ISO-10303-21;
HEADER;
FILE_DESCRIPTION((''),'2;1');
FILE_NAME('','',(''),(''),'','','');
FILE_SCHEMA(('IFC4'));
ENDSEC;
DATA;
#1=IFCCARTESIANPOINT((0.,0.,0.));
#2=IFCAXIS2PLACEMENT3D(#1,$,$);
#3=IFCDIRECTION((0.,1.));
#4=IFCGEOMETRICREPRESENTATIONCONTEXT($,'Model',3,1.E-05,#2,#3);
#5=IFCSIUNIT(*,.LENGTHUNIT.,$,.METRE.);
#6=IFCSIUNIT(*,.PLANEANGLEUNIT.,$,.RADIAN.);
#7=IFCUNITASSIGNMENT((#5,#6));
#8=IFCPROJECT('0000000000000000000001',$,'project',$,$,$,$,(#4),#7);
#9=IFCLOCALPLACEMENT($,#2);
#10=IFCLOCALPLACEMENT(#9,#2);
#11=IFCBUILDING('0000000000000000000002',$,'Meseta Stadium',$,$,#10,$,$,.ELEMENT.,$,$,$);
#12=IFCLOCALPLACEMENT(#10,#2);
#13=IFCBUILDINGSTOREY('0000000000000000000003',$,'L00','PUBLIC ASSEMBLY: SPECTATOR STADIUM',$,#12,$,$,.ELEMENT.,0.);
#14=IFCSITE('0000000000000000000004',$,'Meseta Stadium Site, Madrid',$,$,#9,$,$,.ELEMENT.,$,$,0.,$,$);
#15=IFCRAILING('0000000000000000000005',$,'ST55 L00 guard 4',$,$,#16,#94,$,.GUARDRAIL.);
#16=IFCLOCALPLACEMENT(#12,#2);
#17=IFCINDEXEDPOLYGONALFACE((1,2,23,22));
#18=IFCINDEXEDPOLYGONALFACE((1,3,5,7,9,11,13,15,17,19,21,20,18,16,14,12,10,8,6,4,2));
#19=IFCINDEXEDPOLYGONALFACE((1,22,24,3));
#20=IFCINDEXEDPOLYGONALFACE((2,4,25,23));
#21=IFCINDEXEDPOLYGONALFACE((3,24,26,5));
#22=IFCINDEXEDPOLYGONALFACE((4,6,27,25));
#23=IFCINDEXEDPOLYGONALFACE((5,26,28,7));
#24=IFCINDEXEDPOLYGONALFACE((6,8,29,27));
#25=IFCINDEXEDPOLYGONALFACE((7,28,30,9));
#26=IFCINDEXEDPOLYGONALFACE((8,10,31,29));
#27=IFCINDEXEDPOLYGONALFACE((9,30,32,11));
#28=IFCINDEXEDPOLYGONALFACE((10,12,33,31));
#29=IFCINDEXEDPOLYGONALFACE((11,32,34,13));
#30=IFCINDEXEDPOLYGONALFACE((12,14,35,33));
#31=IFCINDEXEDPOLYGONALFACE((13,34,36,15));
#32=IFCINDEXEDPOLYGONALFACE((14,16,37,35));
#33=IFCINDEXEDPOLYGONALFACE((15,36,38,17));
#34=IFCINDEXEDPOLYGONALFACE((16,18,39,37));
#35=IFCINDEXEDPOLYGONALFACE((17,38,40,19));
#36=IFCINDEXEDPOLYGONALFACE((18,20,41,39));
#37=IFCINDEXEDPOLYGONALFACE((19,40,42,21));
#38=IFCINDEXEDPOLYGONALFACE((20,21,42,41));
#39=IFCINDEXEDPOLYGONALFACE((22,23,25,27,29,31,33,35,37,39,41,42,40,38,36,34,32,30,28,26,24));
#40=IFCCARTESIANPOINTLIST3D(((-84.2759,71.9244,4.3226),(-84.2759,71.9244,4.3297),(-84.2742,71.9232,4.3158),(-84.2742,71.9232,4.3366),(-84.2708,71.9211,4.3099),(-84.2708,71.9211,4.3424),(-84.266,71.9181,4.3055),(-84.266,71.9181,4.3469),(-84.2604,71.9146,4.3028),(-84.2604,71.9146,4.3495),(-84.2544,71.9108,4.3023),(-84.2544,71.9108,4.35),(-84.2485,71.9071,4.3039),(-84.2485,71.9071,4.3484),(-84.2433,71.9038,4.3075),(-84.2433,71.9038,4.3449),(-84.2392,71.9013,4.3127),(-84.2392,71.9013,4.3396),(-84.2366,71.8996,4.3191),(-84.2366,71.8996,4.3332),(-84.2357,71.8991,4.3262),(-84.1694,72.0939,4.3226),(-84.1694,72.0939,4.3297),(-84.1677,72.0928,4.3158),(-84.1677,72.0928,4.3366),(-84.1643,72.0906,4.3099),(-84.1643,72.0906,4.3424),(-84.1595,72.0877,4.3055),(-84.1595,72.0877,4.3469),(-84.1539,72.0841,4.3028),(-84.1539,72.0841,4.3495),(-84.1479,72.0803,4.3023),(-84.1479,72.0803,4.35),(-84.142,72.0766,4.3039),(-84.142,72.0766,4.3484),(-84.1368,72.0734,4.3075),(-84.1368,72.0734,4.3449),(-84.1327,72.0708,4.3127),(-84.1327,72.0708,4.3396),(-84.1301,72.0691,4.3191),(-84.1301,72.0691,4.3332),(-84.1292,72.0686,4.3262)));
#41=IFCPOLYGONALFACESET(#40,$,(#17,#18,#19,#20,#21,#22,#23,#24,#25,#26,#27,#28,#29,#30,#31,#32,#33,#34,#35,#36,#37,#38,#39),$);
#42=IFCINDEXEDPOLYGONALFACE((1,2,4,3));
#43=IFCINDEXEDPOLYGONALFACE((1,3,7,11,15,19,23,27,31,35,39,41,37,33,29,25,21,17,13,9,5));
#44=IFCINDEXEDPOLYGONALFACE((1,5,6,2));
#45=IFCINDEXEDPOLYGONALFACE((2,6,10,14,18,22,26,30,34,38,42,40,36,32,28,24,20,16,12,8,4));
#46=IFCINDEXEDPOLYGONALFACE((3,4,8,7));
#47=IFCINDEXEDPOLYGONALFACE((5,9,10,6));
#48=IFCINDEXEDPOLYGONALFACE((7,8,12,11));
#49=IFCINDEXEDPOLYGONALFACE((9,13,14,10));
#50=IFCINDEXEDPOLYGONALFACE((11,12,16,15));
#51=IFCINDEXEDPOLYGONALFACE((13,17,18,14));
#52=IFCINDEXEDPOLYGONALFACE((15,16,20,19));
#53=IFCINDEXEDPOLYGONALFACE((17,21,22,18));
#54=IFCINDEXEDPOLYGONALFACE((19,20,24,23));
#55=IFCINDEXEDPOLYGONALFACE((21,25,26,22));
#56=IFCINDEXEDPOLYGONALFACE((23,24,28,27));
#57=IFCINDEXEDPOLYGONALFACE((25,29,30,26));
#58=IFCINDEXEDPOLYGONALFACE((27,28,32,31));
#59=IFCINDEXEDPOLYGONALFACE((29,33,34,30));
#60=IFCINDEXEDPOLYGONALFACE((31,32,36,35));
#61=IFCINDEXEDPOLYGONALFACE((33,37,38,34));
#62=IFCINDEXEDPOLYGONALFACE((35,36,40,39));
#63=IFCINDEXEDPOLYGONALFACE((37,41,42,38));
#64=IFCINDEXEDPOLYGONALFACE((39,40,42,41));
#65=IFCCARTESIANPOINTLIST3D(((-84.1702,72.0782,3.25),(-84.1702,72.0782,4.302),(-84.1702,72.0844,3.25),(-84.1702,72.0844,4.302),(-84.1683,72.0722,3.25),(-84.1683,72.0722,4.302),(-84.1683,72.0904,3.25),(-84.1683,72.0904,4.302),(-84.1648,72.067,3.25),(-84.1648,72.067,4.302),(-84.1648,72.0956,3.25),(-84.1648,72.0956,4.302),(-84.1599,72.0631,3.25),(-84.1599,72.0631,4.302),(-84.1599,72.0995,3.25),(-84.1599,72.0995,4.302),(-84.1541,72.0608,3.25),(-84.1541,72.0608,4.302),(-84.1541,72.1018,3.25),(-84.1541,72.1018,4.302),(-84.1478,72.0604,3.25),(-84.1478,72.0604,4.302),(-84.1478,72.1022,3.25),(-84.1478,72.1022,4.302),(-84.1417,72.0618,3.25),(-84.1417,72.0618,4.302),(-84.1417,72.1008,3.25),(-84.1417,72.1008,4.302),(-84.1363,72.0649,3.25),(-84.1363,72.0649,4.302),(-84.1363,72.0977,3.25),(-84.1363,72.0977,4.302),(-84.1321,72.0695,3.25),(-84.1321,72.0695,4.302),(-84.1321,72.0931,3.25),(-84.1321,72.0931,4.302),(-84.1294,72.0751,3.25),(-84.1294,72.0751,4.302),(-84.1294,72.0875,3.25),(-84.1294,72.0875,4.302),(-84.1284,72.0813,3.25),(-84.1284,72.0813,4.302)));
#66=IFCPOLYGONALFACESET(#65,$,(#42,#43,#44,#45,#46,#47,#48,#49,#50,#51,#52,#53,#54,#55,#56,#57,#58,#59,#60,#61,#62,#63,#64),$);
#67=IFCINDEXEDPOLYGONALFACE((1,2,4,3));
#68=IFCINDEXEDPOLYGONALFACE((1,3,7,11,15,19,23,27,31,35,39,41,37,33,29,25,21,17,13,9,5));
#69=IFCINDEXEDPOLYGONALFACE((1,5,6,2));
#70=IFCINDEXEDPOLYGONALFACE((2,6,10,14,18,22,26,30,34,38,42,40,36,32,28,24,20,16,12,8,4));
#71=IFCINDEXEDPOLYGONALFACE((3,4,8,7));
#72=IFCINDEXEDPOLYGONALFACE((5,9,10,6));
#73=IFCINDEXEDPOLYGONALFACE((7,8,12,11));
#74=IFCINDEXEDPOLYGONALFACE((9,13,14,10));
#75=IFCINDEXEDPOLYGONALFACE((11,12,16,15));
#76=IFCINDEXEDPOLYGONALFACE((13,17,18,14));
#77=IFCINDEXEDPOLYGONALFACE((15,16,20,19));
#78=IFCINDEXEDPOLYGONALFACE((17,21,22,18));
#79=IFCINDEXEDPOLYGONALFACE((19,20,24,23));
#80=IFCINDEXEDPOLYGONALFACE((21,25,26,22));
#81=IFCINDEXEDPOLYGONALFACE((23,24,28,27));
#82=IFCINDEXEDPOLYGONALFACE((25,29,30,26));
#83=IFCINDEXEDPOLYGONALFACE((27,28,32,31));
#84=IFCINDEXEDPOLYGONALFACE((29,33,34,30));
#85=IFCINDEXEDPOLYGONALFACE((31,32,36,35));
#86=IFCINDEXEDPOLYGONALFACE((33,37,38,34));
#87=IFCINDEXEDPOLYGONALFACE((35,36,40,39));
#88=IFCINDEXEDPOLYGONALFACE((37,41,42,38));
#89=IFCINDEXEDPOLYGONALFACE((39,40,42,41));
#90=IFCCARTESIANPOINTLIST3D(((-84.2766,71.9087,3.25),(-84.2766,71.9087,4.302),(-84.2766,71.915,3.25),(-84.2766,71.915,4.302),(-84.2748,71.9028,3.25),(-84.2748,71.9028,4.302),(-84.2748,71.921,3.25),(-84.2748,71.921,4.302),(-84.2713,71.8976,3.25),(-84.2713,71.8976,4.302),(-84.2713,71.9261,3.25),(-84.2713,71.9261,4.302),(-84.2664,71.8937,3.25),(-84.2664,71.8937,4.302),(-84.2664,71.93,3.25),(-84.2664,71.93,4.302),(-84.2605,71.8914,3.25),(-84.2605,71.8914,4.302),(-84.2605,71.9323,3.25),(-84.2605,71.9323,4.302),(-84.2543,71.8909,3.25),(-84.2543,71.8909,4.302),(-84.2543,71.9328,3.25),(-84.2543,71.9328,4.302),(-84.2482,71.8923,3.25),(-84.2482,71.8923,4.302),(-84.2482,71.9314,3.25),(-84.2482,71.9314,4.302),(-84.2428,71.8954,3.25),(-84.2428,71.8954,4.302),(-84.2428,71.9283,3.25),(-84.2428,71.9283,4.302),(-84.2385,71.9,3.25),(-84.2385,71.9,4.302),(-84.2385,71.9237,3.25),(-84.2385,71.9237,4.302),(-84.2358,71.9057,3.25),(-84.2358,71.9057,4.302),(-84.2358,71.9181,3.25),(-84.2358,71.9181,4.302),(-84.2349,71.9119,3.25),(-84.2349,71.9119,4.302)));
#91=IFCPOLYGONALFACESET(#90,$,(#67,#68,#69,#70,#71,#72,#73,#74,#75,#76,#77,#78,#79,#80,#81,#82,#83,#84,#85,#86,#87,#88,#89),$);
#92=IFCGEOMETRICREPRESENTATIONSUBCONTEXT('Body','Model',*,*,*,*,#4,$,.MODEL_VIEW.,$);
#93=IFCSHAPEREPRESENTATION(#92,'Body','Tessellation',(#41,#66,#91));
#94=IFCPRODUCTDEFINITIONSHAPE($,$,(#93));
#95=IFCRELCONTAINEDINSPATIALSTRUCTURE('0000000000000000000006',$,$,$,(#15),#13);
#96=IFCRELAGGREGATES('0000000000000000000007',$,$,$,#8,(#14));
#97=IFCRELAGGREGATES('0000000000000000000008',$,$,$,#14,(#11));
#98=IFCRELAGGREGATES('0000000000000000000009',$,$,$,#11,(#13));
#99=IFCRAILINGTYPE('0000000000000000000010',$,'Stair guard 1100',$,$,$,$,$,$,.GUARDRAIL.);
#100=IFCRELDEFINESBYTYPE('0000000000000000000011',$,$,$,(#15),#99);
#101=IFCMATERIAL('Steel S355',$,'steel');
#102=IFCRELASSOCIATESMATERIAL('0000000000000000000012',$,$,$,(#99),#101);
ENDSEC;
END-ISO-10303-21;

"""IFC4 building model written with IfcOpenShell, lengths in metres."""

from ifc_helpers import new_model, si_unit, direction, frame, origin, origin_2d, place, context, subcontext, project, spatial, circle, extrude, material, type_object, element, save


model = new_model("IFC4")

# Units and contexts
model_context = context("Model", 3, precision=1e-05, world=origin(), true_north=direction((0.0, 1.0)))
body_context = subcontext(model_context, "Body", "Model", "MODEL_VIEW")
ifc_project = project(units=[si_unit("LENGTHUNIT", "METRE"), si_unit("PLANEANGLEUNIT", "RADIAN")], contexts=[model_context])

# Site, building, storey
site_placement = place(None, origin())
site = spatial("IfcSite", under=ifc_project, at=site_placement, Name="Meseta Stadium Site, Madrid", CompositionType="ELEMENT", RefElevation=0.0)
building_placement = place(site_placement, origin())
building = spatial("IfcBuilding", under=site, at=building_placement, Name="Meseta Stadium", CompositionType="ELEMENT")
storey_placement = place(building_placement, origin())
storey = spatial("IfcBuildingStorey", under=building, at=storey_placement, Name="L00", Description="PUBLIC ASSEMBLY: SPECTATOR STADIUM", CompositionType="ELEMENT", Elevation=0.0)

# Railing
ifc_material_1 = material(Name="Steel S355", Category="steel")
railing_type_1 = type_object("IfcRailingType", Name="Stair guard 1100", PredefinedType="GUARDRAIL", material=ifc_material_1)
railing_1_placement = place(storey_placement, frame((-84.1494, 72.0813, 3.25)))
element("IfcRailing", 1, at=railing_1_placement, inside=storey, type_object=railing_type_1, Name="ST55 L00 guard 4", PredefinedType="GUARDRAIL", context=body_context, shape_type="SweptSolid", body=[
    extrude(circle(Radius=0.0239, at=origin_2d()), frame((0.0, 0.0, 1.0762), z_axis=(-0.531972, -0.846762, 0.0), x_axis=(0.846762, -0.531972, 0.0)), (0.0, 0.0, 1.0), 0.2002),
    extrude(circle(Radius=0.021, at=origin_2d()), origin(), (0.0, 0.0, 1.0), 1.052),
    extrude(circle(Radius=0.021, at=origin_2d()), frame((-0.1064, -0.1694, 0.0)), (0.0, 0.0, 1.0), 1.052),
])

save(model, "model.ifc")
